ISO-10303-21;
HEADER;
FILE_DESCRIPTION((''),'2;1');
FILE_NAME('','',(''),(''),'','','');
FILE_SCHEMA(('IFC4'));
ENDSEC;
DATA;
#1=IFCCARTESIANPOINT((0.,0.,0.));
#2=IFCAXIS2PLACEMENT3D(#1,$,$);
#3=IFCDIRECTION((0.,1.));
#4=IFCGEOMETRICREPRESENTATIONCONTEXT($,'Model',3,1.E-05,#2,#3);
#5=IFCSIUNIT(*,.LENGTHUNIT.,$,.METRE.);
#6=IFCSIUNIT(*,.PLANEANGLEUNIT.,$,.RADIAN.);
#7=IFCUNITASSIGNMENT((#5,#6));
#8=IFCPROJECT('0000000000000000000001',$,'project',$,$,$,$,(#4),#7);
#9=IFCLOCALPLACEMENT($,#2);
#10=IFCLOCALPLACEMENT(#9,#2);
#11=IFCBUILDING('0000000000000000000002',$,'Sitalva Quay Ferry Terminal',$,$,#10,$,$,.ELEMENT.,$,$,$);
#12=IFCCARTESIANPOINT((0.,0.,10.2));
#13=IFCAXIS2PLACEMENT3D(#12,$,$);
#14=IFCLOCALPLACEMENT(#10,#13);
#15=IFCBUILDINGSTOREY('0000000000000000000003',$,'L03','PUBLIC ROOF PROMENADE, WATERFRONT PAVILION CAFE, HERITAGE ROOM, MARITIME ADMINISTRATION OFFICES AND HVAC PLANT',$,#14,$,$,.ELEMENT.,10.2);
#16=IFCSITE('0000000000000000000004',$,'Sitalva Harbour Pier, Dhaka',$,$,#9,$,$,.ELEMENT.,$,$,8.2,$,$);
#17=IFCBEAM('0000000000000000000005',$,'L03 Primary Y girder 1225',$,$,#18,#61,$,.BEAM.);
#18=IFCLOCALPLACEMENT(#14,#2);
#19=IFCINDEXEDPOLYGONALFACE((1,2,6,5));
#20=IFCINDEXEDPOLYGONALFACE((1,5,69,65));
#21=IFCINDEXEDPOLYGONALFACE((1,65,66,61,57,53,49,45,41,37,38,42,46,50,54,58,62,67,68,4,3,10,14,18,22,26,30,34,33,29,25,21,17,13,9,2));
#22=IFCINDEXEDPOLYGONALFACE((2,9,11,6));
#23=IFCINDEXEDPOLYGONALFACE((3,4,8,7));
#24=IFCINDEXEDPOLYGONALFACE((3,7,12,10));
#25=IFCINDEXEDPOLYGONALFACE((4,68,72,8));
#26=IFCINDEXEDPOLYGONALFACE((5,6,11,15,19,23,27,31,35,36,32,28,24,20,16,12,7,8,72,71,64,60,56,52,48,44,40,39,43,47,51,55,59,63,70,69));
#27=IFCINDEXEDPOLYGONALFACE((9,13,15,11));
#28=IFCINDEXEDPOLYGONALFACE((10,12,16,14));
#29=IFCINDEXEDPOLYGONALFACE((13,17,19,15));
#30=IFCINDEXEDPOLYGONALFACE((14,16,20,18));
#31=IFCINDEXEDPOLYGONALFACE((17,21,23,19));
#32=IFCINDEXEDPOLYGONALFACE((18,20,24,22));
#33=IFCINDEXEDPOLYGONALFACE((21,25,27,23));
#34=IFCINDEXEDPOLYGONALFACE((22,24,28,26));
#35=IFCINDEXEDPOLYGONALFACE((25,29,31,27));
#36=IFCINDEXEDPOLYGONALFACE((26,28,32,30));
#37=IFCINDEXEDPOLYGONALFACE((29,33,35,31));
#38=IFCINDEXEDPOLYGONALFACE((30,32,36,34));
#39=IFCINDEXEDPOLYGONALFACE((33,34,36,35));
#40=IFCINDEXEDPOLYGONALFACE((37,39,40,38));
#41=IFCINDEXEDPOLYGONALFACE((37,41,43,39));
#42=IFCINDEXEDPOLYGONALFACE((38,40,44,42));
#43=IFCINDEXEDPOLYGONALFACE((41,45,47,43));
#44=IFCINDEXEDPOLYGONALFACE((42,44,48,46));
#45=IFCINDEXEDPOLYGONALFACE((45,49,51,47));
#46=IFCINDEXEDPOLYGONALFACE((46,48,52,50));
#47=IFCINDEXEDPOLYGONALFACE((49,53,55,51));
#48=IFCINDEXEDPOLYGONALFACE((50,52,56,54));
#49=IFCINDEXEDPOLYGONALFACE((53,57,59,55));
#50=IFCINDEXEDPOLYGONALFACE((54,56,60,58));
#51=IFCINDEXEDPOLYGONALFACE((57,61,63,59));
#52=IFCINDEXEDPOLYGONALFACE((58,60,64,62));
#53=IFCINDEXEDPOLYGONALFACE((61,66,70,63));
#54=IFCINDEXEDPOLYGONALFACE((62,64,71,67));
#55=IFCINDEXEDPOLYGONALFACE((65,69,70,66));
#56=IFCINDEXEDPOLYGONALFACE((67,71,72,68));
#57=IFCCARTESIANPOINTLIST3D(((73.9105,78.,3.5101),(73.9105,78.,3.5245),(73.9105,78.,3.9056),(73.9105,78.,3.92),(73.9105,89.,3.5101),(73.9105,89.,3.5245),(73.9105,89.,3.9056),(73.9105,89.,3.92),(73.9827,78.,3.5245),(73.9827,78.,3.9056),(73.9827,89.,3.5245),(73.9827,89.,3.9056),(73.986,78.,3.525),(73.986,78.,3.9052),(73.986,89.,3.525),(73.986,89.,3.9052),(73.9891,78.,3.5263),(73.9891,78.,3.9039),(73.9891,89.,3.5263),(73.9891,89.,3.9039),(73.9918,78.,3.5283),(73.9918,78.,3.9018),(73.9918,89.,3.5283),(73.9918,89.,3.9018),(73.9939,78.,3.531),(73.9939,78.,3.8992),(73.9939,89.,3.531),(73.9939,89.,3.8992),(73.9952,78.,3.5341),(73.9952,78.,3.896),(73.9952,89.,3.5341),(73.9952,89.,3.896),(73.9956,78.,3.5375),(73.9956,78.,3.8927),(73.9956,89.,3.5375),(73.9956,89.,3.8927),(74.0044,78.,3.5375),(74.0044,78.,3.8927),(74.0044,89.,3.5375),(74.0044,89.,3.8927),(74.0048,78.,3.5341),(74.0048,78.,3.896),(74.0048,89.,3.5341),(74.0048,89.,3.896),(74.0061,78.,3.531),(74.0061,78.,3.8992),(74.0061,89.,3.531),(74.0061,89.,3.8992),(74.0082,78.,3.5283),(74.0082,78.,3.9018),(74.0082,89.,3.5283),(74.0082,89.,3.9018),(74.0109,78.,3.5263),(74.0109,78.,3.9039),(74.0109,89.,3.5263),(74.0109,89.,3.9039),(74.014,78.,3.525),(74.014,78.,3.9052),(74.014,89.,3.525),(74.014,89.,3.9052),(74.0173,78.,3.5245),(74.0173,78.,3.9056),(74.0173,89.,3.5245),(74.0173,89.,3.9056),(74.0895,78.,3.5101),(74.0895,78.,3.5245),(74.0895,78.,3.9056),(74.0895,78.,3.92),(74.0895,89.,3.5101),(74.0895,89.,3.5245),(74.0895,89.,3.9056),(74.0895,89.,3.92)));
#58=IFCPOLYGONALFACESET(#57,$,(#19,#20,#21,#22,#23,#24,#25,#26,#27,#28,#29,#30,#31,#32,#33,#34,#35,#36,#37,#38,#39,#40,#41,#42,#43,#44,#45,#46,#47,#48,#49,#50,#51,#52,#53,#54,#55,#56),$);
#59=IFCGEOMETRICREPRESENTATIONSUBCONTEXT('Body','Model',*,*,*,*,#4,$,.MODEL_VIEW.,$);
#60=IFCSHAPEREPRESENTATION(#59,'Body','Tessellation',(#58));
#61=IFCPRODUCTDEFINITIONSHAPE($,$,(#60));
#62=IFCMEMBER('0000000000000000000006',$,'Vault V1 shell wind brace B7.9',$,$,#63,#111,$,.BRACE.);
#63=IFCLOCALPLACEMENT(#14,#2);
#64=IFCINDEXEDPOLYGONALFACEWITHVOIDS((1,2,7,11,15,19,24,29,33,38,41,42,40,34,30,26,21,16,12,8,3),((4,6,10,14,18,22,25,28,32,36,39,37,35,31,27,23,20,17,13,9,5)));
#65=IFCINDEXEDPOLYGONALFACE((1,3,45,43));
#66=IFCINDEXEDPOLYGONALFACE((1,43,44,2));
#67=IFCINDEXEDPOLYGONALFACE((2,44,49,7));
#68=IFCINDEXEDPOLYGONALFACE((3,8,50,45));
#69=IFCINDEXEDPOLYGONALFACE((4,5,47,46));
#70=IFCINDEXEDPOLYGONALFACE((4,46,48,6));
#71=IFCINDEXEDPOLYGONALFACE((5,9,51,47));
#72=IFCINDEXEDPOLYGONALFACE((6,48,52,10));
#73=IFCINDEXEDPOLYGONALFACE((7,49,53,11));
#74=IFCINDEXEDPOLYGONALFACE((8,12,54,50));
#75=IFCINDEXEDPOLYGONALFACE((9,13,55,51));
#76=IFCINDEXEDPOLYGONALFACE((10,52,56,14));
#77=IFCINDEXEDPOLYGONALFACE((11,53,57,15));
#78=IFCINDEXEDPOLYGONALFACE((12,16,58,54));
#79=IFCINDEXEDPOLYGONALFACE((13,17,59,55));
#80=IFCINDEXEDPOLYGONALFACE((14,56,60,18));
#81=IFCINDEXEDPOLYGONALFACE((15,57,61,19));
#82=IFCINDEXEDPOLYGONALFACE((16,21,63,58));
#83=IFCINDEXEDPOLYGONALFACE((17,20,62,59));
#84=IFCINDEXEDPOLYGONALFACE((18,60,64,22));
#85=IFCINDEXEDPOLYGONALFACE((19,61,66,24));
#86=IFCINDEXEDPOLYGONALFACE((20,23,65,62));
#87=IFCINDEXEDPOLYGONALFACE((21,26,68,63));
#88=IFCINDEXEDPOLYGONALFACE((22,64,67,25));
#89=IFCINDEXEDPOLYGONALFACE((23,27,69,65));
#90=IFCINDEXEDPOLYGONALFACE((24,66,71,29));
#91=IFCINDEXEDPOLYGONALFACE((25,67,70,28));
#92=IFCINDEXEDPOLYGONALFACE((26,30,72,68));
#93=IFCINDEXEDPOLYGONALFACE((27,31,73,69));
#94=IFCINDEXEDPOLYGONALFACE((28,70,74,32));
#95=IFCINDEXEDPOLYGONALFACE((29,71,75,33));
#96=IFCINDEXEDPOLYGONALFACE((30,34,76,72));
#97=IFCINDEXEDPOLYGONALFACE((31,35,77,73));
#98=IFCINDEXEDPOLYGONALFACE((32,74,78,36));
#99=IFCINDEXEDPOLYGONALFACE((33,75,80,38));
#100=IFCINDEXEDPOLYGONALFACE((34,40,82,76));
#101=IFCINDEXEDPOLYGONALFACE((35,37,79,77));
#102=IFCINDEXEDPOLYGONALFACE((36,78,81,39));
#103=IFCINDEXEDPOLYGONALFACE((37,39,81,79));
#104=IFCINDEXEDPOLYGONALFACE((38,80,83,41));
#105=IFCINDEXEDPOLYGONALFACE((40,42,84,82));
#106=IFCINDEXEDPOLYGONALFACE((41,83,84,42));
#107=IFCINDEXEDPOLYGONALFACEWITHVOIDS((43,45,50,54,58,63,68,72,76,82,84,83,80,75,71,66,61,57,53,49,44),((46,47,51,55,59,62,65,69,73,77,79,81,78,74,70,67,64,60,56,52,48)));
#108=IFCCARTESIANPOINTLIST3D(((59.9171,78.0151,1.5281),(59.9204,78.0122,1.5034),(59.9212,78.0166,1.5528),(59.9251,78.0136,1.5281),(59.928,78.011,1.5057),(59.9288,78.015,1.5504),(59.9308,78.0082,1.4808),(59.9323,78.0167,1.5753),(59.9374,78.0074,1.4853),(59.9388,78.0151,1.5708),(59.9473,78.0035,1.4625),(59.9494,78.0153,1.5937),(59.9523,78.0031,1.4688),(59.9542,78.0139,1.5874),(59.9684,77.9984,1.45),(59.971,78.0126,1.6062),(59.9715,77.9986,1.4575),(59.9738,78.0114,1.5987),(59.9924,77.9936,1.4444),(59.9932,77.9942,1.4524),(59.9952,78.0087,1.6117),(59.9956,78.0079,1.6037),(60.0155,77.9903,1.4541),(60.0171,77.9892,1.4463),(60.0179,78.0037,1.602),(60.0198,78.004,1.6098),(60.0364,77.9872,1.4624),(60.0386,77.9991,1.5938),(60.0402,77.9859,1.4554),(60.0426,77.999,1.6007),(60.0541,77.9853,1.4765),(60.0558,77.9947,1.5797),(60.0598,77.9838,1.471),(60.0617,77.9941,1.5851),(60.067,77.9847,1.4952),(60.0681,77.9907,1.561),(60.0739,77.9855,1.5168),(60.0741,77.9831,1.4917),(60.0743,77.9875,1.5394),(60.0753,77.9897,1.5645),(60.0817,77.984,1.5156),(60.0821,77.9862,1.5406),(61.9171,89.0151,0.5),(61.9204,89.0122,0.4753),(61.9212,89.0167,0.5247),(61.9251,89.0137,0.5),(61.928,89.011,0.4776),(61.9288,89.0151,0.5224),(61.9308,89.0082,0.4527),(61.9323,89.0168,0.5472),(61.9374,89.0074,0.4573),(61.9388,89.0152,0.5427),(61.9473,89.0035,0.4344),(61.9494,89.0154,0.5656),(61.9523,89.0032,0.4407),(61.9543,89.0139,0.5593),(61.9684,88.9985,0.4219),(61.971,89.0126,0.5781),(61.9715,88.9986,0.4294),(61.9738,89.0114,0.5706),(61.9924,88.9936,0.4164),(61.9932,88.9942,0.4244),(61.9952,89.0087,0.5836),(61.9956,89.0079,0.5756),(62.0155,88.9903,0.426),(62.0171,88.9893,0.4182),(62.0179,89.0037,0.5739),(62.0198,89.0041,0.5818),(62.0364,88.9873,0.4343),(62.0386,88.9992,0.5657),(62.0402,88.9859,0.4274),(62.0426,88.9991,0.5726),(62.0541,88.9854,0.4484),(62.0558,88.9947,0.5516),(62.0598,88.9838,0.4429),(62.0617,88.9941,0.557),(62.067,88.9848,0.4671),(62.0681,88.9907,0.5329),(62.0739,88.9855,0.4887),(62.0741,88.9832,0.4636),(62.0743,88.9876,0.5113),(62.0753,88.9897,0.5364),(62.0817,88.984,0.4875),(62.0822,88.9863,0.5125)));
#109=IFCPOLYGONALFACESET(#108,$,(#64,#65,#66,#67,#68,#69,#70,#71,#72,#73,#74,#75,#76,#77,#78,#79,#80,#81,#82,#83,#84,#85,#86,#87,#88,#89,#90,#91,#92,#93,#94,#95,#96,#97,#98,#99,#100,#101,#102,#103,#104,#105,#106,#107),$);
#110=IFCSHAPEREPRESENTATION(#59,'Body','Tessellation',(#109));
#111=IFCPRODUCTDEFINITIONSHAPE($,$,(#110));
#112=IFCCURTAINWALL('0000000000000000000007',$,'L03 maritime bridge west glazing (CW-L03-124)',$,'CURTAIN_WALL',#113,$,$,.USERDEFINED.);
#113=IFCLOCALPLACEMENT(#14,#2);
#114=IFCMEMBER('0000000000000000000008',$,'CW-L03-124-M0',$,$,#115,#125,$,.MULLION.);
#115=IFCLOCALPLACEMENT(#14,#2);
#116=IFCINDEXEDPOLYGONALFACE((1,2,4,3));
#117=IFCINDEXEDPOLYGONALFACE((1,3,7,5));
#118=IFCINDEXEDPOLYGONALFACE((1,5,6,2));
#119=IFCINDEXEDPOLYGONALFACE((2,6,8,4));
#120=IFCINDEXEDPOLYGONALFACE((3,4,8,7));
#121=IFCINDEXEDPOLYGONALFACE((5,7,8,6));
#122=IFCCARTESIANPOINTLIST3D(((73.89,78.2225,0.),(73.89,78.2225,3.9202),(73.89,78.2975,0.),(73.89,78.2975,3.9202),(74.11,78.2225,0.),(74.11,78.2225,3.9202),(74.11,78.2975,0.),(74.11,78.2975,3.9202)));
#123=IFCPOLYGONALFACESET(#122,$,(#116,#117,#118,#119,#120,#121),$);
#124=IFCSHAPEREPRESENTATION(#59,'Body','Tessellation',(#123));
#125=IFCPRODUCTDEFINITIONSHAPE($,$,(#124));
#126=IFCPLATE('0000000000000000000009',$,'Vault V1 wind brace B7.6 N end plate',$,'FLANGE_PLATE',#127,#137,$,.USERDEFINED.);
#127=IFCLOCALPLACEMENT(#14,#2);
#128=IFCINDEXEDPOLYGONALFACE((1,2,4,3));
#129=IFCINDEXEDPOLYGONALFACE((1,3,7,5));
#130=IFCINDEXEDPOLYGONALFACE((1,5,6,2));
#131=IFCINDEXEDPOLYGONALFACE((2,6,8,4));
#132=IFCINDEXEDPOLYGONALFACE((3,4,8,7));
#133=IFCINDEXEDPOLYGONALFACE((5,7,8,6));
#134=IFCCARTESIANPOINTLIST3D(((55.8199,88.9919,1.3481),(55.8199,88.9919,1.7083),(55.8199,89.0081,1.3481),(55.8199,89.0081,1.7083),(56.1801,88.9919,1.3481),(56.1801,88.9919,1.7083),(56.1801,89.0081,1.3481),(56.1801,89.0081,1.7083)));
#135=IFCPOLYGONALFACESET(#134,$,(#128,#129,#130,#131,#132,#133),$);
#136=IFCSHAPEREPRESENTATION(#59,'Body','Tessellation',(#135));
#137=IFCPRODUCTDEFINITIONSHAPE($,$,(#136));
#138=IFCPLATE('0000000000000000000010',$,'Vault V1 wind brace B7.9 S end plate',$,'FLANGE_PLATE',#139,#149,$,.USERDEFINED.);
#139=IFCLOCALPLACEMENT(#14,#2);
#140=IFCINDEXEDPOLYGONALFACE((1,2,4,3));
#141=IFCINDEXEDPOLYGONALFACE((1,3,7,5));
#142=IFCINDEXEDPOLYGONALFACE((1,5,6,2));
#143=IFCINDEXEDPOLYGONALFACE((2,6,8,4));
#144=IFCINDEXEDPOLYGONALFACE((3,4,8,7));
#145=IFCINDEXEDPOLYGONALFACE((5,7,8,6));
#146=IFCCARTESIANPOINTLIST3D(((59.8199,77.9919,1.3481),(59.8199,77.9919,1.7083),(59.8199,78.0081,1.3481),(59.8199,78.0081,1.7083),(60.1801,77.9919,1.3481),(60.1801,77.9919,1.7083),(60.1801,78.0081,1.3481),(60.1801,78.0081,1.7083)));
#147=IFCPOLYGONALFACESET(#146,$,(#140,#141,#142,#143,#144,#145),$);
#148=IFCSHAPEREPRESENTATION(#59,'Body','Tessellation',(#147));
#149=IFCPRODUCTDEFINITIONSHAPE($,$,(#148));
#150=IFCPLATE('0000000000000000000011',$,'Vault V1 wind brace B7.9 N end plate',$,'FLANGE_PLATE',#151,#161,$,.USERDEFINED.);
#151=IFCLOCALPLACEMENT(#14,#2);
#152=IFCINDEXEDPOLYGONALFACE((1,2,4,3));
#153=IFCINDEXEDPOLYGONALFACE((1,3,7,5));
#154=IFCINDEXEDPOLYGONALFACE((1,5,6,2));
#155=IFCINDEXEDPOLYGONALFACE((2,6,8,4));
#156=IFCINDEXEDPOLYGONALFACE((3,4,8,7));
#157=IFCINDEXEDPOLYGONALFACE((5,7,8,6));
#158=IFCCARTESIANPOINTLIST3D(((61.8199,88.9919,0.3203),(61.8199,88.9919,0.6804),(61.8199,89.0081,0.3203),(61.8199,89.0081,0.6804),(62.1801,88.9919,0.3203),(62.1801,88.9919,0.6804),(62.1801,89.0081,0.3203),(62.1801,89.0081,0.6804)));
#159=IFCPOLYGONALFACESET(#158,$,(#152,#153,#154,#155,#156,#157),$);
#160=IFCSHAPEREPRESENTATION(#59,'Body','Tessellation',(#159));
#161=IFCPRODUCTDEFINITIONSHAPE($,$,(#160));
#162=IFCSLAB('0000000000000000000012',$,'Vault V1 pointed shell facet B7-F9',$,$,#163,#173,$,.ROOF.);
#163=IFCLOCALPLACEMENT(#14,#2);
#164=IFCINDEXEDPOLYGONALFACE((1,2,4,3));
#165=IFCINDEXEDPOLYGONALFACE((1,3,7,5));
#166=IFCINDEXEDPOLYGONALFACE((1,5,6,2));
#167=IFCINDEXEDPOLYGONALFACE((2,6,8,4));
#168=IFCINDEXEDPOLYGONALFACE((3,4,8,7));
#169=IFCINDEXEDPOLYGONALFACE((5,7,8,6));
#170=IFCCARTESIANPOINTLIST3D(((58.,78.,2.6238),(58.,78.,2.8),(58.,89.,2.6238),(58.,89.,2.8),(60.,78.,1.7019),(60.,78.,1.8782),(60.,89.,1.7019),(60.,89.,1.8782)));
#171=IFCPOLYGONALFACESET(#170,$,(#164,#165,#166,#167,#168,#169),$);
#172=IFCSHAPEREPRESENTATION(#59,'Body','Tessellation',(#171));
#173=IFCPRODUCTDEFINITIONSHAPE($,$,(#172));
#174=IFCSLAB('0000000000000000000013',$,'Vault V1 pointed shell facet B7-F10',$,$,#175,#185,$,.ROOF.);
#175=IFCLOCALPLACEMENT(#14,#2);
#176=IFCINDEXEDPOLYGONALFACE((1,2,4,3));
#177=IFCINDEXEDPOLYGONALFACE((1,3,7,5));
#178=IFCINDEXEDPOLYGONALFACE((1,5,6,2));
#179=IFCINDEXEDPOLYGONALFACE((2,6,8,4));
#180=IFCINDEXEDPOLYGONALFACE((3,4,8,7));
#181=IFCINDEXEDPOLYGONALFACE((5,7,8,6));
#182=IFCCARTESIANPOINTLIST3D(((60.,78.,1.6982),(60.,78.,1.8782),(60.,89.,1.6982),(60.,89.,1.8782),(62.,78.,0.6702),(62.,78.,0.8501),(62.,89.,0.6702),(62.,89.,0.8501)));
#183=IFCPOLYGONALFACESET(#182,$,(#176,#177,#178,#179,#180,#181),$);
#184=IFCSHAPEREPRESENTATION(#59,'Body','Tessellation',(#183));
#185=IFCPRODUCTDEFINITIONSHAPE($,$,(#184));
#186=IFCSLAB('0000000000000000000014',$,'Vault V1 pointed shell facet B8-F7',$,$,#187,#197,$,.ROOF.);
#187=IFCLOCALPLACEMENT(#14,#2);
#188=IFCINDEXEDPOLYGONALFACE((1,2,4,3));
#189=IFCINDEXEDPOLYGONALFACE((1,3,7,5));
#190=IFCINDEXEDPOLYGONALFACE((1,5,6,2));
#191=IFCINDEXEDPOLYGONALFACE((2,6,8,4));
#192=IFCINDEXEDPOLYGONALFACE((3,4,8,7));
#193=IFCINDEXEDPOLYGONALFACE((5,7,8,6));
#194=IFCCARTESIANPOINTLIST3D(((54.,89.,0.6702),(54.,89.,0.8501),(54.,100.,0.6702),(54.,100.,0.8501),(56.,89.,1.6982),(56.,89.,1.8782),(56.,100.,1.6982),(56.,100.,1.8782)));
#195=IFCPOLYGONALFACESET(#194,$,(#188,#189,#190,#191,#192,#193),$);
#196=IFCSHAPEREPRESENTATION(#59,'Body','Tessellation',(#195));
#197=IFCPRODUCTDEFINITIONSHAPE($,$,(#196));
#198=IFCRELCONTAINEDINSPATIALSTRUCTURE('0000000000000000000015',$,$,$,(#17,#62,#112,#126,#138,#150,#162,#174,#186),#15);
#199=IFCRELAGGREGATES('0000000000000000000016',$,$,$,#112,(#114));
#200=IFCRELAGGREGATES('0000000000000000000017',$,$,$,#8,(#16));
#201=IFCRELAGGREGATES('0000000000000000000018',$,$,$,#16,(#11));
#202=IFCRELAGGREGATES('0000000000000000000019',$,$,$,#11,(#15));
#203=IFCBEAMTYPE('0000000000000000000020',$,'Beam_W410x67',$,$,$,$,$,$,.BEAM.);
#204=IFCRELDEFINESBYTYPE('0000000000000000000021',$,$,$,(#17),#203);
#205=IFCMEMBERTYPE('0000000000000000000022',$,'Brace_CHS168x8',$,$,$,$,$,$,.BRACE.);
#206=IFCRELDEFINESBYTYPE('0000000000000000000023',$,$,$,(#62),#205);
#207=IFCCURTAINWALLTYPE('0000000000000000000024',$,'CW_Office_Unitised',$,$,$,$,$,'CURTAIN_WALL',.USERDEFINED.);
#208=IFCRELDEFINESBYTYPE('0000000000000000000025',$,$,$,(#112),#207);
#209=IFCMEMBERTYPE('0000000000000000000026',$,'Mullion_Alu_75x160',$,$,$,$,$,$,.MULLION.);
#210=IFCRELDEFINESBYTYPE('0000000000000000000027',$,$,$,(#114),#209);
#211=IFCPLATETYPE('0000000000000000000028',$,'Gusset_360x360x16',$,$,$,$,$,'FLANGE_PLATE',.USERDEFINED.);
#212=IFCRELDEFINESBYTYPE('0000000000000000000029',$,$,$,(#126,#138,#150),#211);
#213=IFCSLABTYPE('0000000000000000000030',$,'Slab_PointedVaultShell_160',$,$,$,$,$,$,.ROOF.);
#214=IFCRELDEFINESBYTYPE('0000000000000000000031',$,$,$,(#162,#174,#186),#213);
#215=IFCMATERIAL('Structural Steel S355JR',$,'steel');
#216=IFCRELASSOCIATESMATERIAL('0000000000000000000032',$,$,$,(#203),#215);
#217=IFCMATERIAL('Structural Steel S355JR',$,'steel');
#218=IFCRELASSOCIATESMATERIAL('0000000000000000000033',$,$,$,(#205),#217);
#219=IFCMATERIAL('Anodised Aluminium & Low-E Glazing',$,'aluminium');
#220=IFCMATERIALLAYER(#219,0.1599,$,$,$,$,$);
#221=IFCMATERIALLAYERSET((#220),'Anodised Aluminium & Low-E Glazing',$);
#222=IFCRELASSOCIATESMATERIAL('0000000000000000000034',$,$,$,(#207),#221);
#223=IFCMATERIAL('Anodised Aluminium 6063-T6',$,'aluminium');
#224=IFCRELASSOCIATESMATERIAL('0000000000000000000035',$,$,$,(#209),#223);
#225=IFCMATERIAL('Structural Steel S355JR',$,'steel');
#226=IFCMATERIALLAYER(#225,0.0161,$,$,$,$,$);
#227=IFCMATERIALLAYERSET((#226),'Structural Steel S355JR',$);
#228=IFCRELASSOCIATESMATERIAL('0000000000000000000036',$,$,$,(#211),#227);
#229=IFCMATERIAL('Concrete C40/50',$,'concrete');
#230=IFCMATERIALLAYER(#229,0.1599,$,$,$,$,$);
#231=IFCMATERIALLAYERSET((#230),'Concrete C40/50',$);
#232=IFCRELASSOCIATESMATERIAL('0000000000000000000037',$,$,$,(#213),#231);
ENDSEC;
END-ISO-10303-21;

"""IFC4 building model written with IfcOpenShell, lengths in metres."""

from ifc_helpers import new_model, si_unit, direction, frame, origin, origin_2d, place, context, subcontext, project, spatial, polyline, rectangle, hollow_circle, i_section, outline, extrude, material, layer, layer_set, material_profile, profile_set, type_object, element, aggregate, save


model = new_model("IFC4")

# Units and contexts
model_context = context("Model", 3, precision=1e-05, world=origin(), true_north=direction((0.0, 1.0)))
body_context = subcontext(model_context, "Body", "Model", "MODEL_VIEW")
ifc_project = project(units=[si_unit("LENGTHUNIT", "METRE"), si_unit("PLANEANGLEUNIT", "RADIAN")], contexts=[model_context])

# Site, building, storey
site_placement = place(None, origin())
site = spatial("IfcSite", under=ifc_project, at=site_placement, Name="Sitalva Harbour Pier, Dhaka", CompositionType="ELEMENT", RefElevation=8.2)
building_placement = place(site_placement, origin())
building = spatial("IfcBuilding", under=site, at=building_placement, Name="Sitalva Quay Ferry Terminal", CompositionType="ELEMENT")
storey_placement = place(building_placement, frame((0.0, 0.0, 10.2)))
storey = spatial("IfcBuildingStorey", under=building, at=storey_placement, Name="L03", Description="PUBLIC ROOF PROMENADE, WATERFRONT PAVILION CAFE, HERITAGE ROOM, MARITIME ADMINISTRATION OFFICES AND HVAC PLANT", CompositionType="ELEMENT", Elevation=10.2)

# Beam
ifc_material_1 = material(Name="Structural Steel S355JR", Category="steel")
ifc_material_profile_1 = material_profile(ifc_material_1, i_section(OverallWidth=0.179, OverallDepth=0.4099, WebThickness=0.0088, FlangeThickness=0.0144, FilletRadius=0.0129, at=origin_2d()), Name="W410x67")
ifc_profile_set_1 = profile_set([ifc_material_profile_1], Name="Structural Steel S355JR")
beam_type_1 = type_object("IfcBeamType", Name="Beam_W410x67", PredefinedType="BEAM", material=ifc_profile_set_1)
beam_1_placement = place(storey_placement, frame((74.0, 78.0, 3.7151), z_axis=(0.0, 1.0, 0.0), x_axis=(-1.0, 0.0, 0.0)))
element("IfcBeam", 1, at=beam_1_placement, inside=storey, type_object=beam_type_1, Name="L03 Primary Y girder 1225", PredefinedType="BEAM", context=body_context, shape_type="SweptSolid", body=[
    extrude(i_section(OverallWidth=0.179, OverallDepth=0.4099, WebThickness=0.0088, FlangeThickness=0.0144, FilletRadius=0.0129, at=origin_2d()), origin(), (0.0, 0.0, 1.0), 11.0),
])

# Member
ifc_material_2 = material(Name="Structural Steel S355JR", Category="steel")
ifc_material_profile_2 = material_profile(ifc_material_2, hollow_circle(Radius=0.0842, WallThickness=0.0081, at=origin_2d()), Name="CHS168x8")
ifc_profile_set_2 = profile_set([ifc_material_profile_2], Name="Structural Steel S355JR")
member_type_1 = type_object("IfcMemberType", Name="Brace_CHS168x8", PredefinedType="BRACE", material=ifc_profile_set_2)
member_1_placement = place(storey_placement, frame((60.0, 78.0, 1.5281), z_axis=(0.178134, 0.979737, -0.091568), x_axis=(-0.98387, 0.178885, 0.0)))
element("IfcMember", 2, at=member_1_placement, inside=storey, type_object=member_type_1, Name="Vault V1 shell wind brace B7.9", PredefinedType="BRACE", context=body_context, shape_type="SweptSolid", body=[
    extrude(hollow_circle(Radius=0.0842, WallThickness=0.0081, at=origin_2d()), origin(), (0.0, 0.0, 1.0), 11.2275),
])

# Curtain wall, member
ifc_material_3 = material(Name="Anodised Aluminium & Low-E Glazing", Category="aluminium")
ifc_layer_1 = layer(ifc_material_3, 0.1599)
ifc_layer_set_1 = layer_set([ifc_layer_1], Name="Anodised Aluminium & Low-E Glazing")
curtain_wall_type = type_object("IfcCurtainWallType", Name="CW_Office_Unitised", ElementType="CURTAIN_WALL", PredefinedType="USERDEFINED", material=ifc_layer_set_1)
curtain_wall_placement = place(storey_placement, origin())
curtain_wall = element("IfcCurtainWall", 3, at=curtain_wall_placement, inside=storey, type_object=curtain_wall_type, Name="L03 maritime bridge west glazing (CW-L03-124)", ObjectType="CURTAIN_WALL", PredefinedType="USERDEFINED")
ifc_material_4 = material(Name="Anodised Aluminium 6063-T6", Category="aluminium")
ifc_material_profile_3 = material_profile(ifc_material_4, rectangle(XDim=0.075, YDim=0.22, at=origin_2d()), Name="ALU75x220")
ifc_profile_set_3 = profile_set([ifc_material_profile_3], Name="Anodised Aluminium 6063-T6")
member_type_2 = type_object("IfcMemberType", Name="Mullion_Alu_75x160", PredefinedType="MULLION", material=ifc_profile_set_3)
member_2_placement = place(storey_placement, frame((74.0, 78.26, 0.0), z_axis=(0.0, 0.0, 1.0), x_axis=(0.0, 1.0, 0.0)))
member_2 = element("IfcMember", 4, at=member_2_placement, type_object=member_type_2, Name="CW-L03-124-M0", PredefinedType="MULLION", context=body_context, shape_type="SweptSolid", body=[
    extrude(rectangle(XDim=0.075, YDim=0.22, at=origin_2d()), origin(), (0.0, 0.0, 1.0), 3.9202),
])
aggregate(curtain_wall, [member_2])

# Plates
ifc_material_5 = material(Name="Structural Steel S355JR", Category="steel")
ifc_layer_2 = layer(ifc_material_5, 0.0161)
ifc_layer_set_2 = layer_set([ifc_layer_2], Name="Structural Steel S355JR")
plate_type = type_object("IfcPlateType", Name="Gusset_360x360x16", ElementType="FLANGE_PLATE", PredefinedType="USERDEFINED", material=ifc_layer_set_2)
for number, where, z_axis, x_axis, name in (
    (5, (56.0, 89.0, 1.3481), (0.0, 0.0, 1.0), (1.0, 0.0, 0.0), "Vault V1 wind brace B7.6 N end plate"),
    (6, (60.0, 78.0, 1.3481), (0.0, 0.0, 1.0), (1.0, 0.0, 0.0), "Vault V1 wind brace B7.9 S end plate"),
    (7, (62.0, 89.0, 0.3203), (0.0, 0.0, 1.0), (1.0, 0.0, 0.0), "Vault V1 wind brace B7.9 N end plate"),
):
    element("IfcPlate", number, at=place(storey_placement, frame(where, z_axis=z_axis, x_axis=x_axis)), inside=storey, type_object=plate_type, Name=name, ObjectType="FLANGE_PLATE", PredefinedType="USERDEFINED", context=body_context, shape_type="SweptSolid", body=[
        extrude(rectangle(XDim=0.3601, YDim=0.0161, at=origin_2d()), origin(), (0.0, 0.0, 1.0), 0.3601),
    ])

# Slabs
ifc_material_6 = material(Name="Concrete C40/50", Category="concrete")
ifc_layer_3 = layer(ifc_material_6, 0.1599)
ifc_layer_set_3 = layer_set([ifc_layer_3], Name="Concrete C40/50")
slab_type = type_object("IfcSlabType", Name="Slab_PointedVaultShell_160", PredefinedType="ROOF", material=ifc_layer_set_3)
slab_1_placement = place(storey_placement, frame((58.0, 78.0, 2.8), z_axis=(0.418608, 0.0, 0.908167), x_axis=(0.908167, 0.0, -0.418608)))
element("IfcSlab", 8, at=slab_1_placement, inside=storey, type_object=slab_type, Name="Vault V1 pointed shell facet B7-F9", PredefinedType="ROOF", context=body_context, shape_type="SweptSolid", body=[
    extrude(outline(polyline([(0.0, 0.0), (2.2022, 0.0), (2.2022, 11.0), (0.0, 11.0), (0.0, 0.0)])), origin(), (0.418608, 0.0, -0.908167), 0.1763),
])
slab_2_placement = place(storey_placement, frame((60.0, 78.0, 1.8782), z_axis=(0.457174, 0.0, 0.889377), x_axis=(0.889377, 0.0, -0.457174)))
element("IfcSlab", 9, at=slab_2_placement, inside=storey, type_object=slab_type, Name="Vault V1 pointed shell facet B7-F10", PredefinedType="ROOF", context=body_context, shape_type="SweptSolid", body=[
    extrude(outline(polyline([(0.0, 0.0), (2.2488, 0.0), (2.2488, 11.0), (0.0, 11.0), (0.0, 0.0)])), origin(), (0.457174, 0.0, -0.889377), 0.1799),
])
slab_3_placement = place(storey_placement, frame((54.0, 89.0, 0.8501), z_axis=(-0.457174, 0.0, 0.889377), x_axis=(0.889377, 0.0, 0.457174)))
element("IfcSlab", 10, at=slab_3_placement, inside=storey, type_object=slab_type, Name="Vault V1 pointed shell facet B8-F7", PredefinedType="ROOF", context=body_context, shape_type="SweptSolid", body=[
    extrude(outline(polyline([(0.0, 0.0), (2.2488, 0.0), (2.2488, 11.0), (0.0, 11.0), (0.0, 0.0)])), origin(), (-0.457174, 0.0, -0.889377), 0.1799),
])

save(model, "model.ifc")
